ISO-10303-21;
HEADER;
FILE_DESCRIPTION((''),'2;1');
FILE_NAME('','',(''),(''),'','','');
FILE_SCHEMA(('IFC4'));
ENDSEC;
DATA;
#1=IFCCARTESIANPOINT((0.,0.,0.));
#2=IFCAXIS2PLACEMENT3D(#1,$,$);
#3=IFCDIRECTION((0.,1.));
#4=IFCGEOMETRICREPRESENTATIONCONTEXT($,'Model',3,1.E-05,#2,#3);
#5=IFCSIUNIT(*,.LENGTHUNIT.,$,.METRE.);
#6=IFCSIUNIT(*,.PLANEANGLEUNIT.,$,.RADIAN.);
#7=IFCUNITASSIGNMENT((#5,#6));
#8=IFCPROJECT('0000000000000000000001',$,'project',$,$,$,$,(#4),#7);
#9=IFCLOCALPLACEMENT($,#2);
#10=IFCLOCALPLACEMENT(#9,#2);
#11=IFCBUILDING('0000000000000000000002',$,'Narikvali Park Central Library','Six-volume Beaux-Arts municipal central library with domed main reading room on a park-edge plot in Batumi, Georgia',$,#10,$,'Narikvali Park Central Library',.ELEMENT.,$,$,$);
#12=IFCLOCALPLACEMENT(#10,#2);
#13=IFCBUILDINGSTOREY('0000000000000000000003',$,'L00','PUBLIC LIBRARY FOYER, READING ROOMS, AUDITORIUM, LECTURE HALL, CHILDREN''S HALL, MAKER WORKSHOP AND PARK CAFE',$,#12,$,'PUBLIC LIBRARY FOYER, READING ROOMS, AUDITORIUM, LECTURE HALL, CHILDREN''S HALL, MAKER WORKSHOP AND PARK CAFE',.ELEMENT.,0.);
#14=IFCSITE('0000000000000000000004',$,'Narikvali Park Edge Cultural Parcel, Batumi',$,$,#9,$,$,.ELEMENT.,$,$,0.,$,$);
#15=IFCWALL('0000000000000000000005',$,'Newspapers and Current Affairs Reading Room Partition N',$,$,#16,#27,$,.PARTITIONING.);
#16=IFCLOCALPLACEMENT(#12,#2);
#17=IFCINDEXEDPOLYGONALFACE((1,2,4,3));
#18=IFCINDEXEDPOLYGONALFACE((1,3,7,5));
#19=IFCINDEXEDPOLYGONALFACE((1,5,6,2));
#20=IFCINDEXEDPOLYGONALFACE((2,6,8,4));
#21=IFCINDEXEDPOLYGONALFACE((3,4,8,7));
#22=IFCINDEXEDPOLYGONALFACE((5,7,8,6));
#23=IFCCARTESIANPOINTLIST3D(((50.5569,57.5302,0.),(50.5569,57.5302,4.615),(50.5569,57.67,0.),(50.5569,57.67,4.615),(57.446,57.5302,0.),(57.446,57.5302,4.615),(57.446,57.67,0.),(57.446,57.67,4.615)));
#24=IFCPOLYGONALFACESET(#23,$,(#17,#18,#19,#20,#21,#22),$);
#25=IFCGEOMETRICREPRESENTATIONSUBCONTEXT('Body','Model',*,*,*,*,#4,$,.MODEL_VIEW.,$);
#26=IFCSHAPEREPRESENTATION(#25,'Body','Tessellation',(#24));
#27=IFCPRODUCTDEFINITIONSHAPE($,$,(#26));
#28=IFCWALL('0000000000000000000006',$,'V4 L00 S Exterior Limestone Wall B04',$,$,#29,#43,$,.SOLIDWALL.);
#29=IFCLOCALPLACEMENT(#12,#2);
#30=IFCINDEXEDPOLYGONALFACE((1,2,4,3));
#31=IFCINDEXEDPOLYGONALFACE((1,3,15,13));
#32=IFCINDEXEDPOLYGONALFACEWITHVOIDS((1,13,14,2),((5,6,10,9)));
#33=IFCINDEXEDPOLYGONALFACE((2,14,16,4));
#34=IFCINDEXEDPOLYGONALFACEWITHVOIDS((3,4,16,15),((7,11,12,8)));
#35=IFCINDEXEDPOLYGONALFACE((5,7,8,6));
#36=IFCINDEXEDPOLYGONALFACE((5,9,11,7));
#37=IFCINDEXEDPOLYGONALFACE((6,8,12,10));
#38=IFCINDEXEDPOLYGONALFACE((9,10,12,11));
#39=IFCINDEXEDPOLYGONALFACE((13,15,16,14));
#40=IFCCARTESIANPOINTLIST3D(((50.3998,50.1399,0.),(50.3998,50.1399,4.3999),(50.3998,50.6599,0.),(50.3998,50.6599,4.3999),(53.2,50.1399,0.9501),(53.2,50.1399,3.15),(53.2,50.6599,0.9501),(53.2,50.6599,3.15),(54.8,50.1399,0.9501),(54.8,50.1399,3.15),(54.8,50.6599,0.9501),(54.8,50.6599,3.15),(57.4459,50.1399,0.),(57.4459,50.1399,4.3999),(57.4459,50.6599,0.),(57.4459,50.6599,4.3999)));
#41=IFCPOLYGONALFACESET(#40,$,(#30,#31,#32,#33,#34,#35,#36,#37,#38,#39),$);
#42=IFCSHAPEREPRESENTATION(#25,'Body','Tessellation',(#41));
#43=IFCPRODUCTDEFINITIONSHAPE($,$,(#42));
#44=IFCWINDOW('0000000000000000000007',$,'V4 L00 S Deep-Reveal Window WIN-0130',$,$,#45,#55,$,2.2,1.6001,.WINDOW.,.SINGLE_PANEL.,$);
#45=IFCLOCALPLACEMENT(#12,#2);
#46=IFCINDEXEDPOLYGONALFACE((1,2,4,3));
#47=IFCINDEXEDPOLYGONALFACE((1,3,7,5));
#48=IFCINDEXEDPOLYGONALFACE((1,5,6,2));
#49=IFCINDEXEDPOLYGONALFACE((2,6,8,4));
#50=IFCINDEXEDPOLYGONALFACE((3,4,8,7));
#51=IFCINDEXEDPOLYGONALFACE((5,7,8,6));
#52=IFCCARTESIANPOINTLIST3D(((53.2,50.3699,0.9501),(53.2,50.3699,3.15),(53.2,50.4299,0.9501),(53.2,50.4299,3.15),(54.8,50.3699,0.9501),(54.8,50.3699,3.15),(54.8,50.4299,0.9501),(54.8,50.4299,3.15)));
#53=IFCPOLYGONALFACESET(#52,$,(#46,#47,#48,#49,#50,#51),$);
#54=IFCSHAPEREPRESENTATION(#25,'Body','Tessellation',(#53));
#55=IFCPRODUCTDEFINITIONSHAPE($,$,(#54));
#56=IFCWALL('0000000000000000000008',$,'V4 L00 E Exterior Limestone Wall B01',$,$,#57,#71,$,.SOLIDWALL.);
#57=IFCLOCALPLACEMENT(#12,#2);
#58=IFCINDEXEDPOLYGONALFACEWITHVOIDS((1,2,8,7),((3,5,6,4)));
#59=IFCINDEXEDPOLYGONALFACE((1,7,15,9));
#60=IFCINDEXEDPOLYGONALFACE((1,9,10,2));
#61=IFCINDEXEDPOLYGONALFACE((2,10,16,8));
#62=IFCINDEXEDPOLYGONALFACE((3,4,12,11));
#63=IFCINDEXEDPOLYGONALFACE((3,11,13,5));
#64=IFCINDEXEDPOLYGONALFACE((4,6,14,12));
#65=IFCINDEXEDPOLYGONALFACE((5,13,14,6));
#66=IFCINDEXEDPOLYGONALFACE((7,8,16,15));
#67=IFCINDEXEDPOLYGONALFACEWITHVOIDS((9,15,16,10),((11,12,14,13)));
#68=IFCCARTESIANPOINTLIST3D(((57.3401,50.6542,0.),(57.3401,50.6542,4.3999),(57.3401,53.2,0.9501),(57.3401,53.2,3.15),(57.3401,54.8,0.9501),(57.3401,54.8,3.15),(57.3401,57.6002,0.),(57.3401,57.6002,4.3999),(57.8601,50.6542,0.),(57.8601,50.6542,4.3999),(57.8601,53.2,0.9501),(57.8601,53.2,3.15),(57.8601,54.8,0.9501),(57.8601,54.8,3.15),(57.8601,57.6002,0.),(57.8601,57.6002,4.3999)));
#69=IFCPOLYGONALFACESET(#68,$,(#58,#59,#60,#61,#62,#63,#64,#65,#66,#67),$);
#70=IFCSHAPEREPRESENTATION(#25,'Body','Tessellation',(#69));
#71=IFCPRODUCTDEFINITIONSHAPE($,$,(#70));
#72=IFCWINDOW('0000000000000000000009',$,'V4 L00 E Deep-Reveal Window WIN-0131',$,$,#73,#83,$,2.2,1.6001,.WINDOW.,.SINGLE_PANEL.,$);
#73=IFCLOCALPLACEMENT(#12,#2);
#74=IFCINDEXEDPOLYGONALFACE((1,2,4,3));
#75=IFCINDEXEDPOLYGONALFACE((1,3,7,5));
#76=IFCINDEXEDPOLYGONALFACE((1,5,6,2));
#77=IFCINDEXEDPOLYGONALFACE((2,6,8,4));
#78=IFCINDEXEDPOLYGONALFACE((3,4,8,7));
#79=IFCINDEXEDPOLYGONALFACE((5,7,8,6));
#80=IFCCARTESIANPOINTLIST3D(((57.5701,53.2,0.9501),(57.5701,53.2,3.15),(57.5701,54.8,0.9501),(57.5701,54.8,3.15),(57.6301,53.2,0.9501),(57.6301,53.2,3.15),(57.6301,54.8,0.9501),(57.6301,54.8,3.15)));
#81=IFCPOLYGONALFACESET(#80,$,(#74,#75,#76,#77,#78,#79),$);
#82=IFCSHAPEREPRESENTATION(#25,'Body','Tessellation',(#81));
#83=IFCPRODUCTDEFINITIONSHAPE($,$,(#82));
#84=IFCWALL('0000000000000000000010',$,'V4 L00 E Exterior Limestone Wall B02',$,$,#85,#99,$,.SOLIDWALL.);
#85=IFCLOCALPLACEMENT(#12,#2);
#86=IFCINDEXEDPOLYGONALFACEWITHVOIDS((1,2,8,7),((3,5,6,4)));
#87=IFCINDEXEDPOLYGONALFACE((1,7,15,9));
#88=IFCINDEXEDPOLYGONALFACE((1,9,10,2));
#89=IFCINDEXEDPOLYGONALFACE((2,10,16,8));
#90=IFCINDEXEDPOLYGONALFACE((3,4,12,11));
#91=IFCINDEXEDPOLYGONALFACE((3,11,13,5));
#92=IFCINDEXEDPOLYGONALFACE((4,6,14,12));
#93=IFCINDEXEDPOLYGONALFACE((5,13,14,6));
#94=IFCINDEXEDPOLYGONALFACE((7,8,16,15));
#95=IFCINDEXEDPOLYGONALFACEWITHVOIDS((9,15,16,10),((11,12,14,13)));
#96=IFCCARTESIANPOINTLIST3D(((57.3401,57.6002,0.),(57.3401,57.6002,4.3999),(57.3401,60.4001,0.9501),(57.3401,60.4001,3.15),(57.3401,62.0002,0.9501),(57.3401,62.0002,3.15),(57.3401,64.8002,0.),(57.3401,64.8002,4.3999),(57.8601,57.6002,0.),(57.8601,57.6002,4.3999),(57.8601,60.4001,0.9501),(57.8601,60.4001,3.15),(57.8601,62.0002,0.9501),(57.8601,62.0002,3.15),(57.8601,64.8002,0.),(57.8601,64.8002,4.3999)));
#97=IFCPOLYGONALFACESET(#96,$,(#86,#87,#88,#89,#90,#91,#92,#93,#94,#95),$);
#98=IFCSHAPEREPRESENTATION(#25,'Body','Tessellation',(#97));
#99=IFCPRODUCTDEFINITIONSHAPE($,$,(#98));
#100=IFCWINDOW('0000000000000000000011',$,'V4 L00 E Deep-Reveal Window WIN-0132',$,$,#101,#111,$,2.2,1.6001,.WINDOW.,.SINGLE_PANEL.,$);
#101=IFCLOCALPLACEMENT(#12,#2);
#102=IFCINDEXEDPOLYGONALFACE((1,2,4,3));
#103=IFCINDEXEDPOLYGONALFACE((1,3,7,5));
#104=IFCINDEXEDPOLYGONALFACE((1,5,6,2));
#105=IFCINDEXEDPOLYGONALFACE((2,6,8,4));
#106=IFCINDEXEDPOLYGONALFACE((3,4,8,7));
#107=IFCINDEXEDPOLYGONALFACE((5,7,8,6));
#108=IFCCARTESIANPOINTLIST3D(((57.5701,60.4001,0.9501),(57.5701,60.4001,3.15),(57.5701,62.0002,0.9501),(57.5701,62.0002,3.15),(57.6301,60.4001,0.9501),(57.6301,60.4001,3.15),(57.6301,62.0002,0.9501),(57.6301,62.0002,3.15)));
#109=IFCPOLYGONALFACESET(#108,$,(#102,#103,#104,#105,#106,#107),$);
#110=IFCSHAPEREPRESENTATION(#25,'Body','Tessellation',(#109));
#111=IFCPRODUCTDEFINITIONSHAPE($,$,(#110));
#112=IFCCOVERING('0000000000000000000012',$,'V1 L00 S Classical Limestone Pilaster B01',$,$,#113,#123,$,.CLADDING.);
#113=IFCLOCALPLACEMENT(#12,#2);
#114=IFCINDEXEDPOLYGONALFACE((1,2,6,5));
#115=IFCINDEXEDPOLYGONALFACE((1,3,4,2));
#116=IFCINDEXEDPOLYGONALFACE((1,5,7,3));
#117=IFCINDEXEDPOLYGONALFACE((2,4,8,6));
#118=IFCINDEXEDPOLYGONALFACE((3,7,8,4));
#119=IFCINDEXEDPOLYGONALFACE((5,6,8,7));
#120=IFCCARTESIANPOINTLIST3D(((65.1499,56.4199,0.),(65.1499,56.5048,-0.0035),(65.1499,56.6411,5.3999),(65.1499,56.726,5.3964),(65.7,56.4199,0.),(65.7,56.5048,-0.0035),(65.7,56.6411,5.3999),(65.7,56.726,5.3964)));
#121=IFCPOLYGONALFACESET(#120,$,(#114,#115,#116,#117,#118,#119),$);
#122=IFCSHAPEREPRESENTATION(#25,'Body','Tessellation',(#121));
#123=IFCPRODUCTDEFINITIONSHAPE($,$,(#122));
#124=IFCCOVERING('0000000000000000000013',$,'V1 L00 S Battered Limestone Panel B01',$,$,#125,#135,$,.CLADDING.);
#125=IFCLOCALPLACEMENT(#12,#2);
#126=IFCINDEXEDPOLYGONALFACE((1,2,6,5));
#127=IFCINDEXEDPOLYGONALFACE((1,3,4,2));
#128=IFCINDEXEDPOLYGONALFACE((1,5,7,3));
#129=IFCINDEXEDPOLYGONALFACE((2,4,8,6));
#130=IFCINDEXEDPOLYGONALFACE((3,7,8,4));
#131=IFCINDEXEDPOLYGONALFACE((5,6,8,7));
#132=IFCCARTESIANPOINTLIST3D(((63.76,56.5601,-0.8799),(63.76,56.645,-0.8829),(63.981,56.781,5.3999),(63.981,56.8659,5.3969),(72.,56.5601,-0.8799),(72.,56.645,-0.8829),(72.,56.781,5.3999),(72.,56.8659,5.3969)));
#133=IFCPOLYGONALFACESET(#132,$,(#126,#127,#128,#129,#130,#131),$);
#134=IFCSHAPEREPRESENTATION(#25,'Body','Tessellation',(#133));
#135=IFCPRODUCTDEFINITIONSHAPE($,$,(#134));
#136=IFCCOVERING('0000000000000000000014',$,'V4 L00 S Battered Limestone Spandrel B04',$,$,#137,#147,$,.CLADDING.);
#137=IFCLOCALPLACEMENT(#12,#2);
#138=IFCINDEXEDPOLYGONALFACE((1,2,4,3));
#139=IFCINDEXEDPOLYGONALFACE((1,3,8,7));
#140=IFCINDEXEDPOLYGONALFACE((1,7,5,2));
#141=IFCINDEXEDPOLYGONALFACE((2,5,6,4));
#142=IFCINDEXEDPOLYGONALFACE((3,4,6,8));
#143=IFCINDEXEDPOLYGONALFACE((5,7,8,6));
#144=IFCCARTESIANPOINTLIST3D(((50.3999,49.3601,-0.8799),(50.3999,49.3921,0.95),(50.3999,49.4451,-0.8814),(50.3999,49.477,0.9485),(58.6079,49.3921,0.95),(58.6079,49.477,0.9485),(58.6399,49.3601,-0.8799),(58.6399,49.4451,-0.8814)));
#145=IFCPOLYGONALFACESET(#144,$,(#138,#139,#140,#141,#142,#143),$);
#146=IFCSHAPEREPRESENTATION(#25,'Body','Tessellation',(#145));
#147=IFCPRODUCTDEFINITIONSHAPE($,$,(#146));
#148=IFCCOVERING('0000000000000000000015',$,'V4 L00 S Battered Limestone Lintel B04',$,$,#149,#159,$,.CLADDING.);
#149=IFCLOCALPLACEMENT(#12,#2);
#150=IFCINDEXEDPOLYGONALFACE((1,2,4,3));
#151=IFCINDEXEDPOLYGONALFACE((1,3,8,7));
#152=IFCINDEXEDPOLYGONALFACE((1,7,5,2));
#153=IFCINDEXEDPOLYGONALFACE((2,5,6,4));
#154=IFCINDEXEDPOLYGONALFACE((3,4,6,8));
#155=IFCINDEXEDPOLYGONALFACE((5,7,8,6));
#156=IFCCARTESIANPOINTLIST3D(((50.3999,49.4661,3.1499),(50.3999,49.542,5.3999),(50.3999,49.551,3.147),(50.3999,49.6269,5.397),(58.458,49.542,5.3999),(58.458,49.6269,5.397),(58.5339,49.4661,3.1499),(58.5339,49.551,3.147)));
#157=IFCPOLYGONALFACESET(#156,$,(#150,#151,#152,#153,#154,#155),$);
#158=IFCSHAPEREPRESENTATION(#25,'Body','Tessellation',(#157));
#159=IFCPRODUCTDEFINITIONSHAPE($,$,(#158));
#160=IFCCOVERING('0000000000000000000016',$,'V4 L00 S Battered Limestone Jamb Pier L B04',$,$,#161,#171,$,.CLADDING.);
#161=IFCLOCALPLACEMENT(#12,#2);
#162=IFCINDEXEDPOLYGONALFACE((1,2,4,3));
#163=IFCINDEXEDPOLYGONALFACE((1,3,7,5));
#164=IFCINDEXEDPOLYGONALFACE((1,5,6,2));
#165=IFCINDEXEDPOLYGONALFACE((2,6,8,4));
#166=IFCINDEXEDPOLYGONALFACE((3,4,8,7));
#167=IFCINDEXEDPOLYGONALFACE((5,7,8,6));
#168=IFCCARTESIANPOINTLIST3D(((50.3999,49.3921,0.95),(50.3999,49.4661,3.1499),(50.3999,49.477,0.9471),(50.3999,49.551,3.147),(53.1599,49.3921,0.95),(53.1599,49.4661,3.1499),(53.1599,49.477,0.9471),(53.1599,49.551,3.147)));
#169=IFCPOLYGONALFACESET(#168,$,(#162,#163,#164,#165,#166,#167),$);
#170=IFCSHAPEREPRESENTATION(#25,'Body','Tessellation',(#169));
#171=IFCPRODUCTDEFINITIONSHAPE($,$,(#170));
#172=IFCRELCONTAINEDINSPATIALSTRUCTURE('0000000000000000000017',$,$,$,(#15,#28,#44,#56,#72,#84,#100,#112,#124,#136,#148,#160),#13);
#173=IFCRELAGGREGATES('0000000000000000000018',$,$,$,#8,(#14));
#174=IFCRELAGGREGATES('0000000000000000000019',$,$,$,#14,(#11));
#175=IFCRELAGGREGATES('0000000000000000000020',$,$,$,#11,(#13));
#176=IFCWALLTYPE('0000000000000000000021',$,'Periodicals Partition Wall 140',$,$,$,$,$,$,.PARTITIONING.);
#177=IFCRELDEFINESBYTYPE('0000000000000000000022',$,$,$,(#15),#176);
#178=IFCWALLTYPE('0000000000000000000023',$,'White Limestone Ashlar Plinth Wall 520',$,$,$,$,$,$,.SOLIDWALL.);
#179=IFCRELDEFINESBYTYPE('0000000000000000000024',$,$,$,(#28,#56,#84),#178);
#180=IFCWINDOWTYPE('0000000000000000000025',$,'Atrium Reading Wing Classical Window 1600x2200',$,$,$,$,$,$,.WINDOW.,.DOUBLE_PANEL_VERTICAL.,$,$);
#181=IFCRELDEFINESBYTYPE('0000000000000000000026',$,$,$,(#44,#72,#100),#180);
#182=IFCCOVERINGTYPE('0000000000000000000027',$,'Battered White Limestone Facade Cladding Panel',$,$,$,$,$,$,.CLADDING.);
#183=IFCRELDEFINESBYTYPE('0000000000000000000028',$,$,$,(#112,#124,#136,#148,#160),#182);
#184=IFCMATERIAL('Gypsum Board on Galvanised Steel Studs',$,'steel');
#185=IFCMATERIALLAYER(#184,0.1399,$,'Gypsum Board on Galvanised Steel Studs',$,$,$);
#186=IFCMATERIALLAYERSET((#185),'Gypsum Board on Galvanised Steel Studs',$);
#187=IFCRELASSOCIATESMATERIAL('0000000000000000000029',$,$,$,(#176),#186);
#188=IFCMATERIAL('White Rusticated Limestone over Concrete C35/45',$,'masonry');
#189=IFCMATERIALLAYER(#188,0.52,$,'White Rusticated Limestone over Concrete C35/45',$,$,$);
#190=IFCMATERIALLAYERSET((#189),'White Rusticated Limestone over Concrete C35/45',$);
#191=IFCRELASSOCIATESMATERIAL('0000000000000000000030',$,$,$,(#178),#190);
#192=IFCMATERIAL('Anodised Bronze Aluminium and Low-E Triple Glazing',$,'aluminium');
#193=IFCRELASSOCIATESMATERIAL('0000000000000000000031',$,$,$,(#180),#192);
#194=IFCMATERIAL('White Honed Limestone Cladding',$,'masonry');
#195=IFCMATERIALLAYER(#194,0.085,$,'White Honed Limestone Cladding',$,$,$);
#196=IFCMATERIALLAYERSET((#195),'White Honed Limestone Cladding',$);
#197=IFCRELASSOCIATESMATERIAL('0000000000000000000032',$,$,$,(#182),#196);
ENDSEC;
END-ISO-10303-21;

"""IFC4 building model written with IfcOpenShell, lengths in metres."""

from ifc_helpers import new_model, si_unit, direction, frame, frame_2d, origin, place, context, subcontext, project, spatial, polyline, rectangle, outline, extrude, material, layer, layer_set, type_object, element, fill, save


model = new_model("IFC4")

# Units and contexts
model_context = context("Model", 3, precision=1e-05, world=origin(), true_north=direction((0.0, 1.0)))
body_context = subcontext(model_context, "Body", "Model", "MODEL_VIEW")
ifc_project = project(units=[si_unit("LENGTHUNIT", "METRE"), si_unit("PLANEANGLEUNIT", "RADIAN")], contexts=[model_context])

# Site, building, storey
site_placement = place(None, origin())
site = spatial("IfcSite", under=ifc_project, at=site_placement, Name="Narikvali Park Edge Cultural Parcel, Batumi", CompositionType="ELEMENT", RefElevation=0.0)
building_placement = place(site_placement, origin())
building = spatial("IfcBuilding", under=site, at=building_placement, Name="Narikvali Park Central Library", Description="Six-volume Beaux-Arts municipal central library with domed main reading room on a park-edge plot in Batumi, Georgia", LongName="Narikvali Park Central Library", CompositionType="ELEMENT")
storey_placement = place(building_placement, origin())
storey = spatial("IfcBuildingStorey", under=building, at=storey_placement, Name="L00", Description="PUBLIC LIBRARY FOYER, READING ROOMS, AUDITORIUM, LECTURE HALL, CHILDREN'S HALL, MAKER WORKSHOP AND PARK CAFE", LongName="PUBLIC LIBRARY FOYER, READING ROOMS, AUDITORIUM, LECTURE HALL, CHILDREN'S HALL, MAKER WORKSHOP AND PARK CAFE", CompositionType="ELEMENT", Elevation=0.0)

# Wall
ifc_material_1 = material(Name="Gypsum Board on Galvanised Steel Studs", Category="steel")
ifc_layer_1 = layer(ifc_material_1, 0.1399, Name="Gypsum Board on Galvanised Steel Studs")
ifc_layer_set_1 = layer_set([ifc_layer_1], Name="Gypsum Board on Galvanised Steel Studs")
wall_type_1 = type_object("IfcWallType", Name="Periodicals Partition Wall 140", PredefinedType="PARTITIONING", material=ifc_layer_set_1)
wall_1_placement = place(storey_placement, frame((50.5569, 57.6001, 0.0), z_axis=(0.0, 0.0, 1.0), x_axis=(1.0, 0.0, 0.0)))
element("IfcWall", 1, at=wall_1_placement, inside=storey, type_object=wall_type_1, Name="Newspapers and Current Affairs Reading Room Partition N", PredefinedType="PARTITIONING", context=body_context, shape_type="SweptSolid", body=[
    extrude(rectangle(XDim=6.8892, YDim=0.1399, at=frame_2d((3.4446, 0.0))), origin(), (0.0, 0.0, 1.0), 4.615),
])

# Walls, openings, windows
ifc_material_2 = material(Name="White Rusticated Limestone over Concrete C35/45", Category="masonry")
ifc_layer_2 = layer(ifc_material_2, 0.52, Name="White Rusticated Limestone over Concrete C35/45")
ifc_layer_set_2 = layer_set([ifc_layer_2], Name="White Rusticated Limestone over Concrete C35/45")
wall_type_2 = type_object("IfcWallType", Name="White Limestone Ashlar Plinth Wall 520", PredefinedType="SOLIDWALL", material=ifc_layer_set_2)
wall_2_placement = place(storey_placement, frame((50.3999, 50.3999, 0.0), z_axis=(0.0, 0.0, 1.0), x_axis=(1.0, 0.0, 0.0)))
wall_2 = element("IfcWall", 2, at=wall_2_placement, inside=storey, type_object=wall_type_2, Name="V4 L00 S Exterior Limestone Wall B04", PredefinedType="SOLIDWALL", context=body_context, shape_type="SweptSolid", body=[
    extrude(rectangle(XDim=7.0461, YDim=0.52, at=frame_2d((3.5229, 0.0))), origin(), (0.0, 0.0, 1.0), 4.3999),
])
opening_1_placement = place(wall_2_placement, frame((2.8, 0.0, 0.95)))
opening_1 = element("IfcOpeningElement", 3, at=opening_1_placement, cuts=wall_2, PredefinedType="OPENING", context=body_context, shape_type="SweptSolid", body=[
    extrude(rectangle(XDim=1.6001, YDim=2.2, at=frame_2d((0.8, 1.1001))), frame((0.0, 0.272, 0.0), z_axis=(0.0, -1.0, 0.0), x_axis=(1.0, 0.0, 0.0)), (0.0, 0.0, 1.0), 0.5439),
])
ifc_material_3 = material(Name="Anodised Bronze Aluminium and Low-E Triple Glazing", Category="aluminium")
window_type = type_object("IfcWindowType", Name="Atrium Reading Wing Classical Window 1600x2200", PartitioningType="DOUBLE_PANEL_VERTICAL", PredefinedType="WINDOW", material=ifc_material_3)
window_1_placement = place(opening_1_placement, origin())
window_1 = element("IfcWindow", 4, at=window_1_placement, inside=storey, type_object=window_type, Name="V4 L00 S Deep-Reveal Window WIN-0130", OverallHeight=2.2, OverallWidth=1.6001, PartitioningType="SINGLE_PANEL", PredefinedType="WINDOW", context=body_context, shape_type="SweptSolid", body=[
    extrude(rectangle(XDim=1.6001, YDim=2.2, at=frame_2d((0.8, 1.1001))), frame((0.0, 0.03, 0.0), z_axis=(0.0, -1.0, 0.0), x_axis=(1.0, 0.0, 0.0)), (0.0, 0.0, 1.0), 0.0601),
])
fill(opening_1, window_1)
wall_3_placement = place(storey_placement, frame((57.6001, 50.6541, 0.0), z_axis=(0.0, 0.0, 1.0), x_axis=(0.0, 1.0, 0.0)))
wall_3 = element("IfcWall", 5, at=wall_3_placement, inside=storey, type_object=wall_type_2, Name="V4 L00 E Exterior Limestone Wall B01", PredefinedType="SOLIDWALL", context=body_context, shape_type="SweptSolid", body=[
    extrude(rectangle(XDim=6.946, YDim=0.52, at=frame_2d((3.4731, 0.0))), origin(), (0.0, 0.0, 1.0), 4.3999),
])
opening_2_placement = place(wall_3_placement, frame((2.5459, 0.0, 0.95)))
opening_2 = element("IfcOpeningElement", 6, at=opening_2_placement, cuts=wall_3, PredefinedType="OPENING", context=body_context, shape_type="SweptSolid", body=[
    extrude(rectangle(XDim=1.6001, YDim=2.2, at=frame_2d((0.8, 1.1001))), frame((0.0, 0.272, 0.0), z_axis=(0.0, -1.0, 0.0), x_axis=(1.0, 0.0, 0.0)), (0.0, 0.0, 1.0), 0.5439),
])
window_2_placement = place(opening_2_placement, origin())
window_2 = element("IfcWindow", 7, at=window_2_placement, inside=storey, type_object=window_type, Name="V4 L00 E Deep-Reveal Window WIN-0131", OverallHeight=2.2, OverallWidth=1.6001, PartitioningType="SINGLE_PANEL", PredefinedType="WINDOW", context=body_context, shape_type="SweptSolid", body=[
    extrude(rectangle(XDim=1.6001, YDim=2.2, at=frame_2d((0.8, 1.1001))), frame((0.0, 0.03, 0.0), z_axis=(0.0, -1.0, 0.0), x_axis=(1.0, 0.0, 0.0)), (0.0, 0.0, 1.0), 0.0601),
])
fill(opening_2, window_2)
wall_4_placement = place(storey_placement, frame((57.6001, 57.6001, 0.0), z_axis=(0.0, 0.0, 1.0), x_axis=(0.0, 1.0, 0.0)))
wall_4 = element("IfcWall", 8, at=wall_4_placement, inside=storey, type_object=wall_type_2, Name="V4 L00 E Exterior Limestone Wall B02", PredefinedType="SOLIDWALL", context=body_context, shape_type="SweptSolid", body=[
    extrude(rectangle(XDim=7.2, YDim=0.52, at=frame_2d((3.6001, 0.0))), origin(), (0.0, 0.0, 1.0), 4.3999),
])
opening_3_placement = place(wall_4_placement, frame((2.8, 0.0, 0.95)))
opening_3 = element("IfcOpeningElement", 9, at=opening_3_placement, cuts=wall_4, PredefinedType="OPENING", context=body_context, shape_type="SweptSolid", body=[
    extrude(rectangle(XDim=1.6001, YDim=2.2, at=frame_2d((0.8, 1.1001))), frame((0.0, 0.272, 0.0), z_axis=(0.0, -1.0, 0.0), x_axis=(1.0, 0.0, 0.0)), (0.0, 0.0, 1.0), 0.5439),
])
window_3_placement = place(opening_3_placement, origin())
window_3 = element("IfcWindow", 10, at=window_3_placement, inside=storey, type_object=window_type, Name="V4 L00 E Deep-Reveal Window WIN-0132", OverallHeight=2.2, OverallWidth=1.6001, PartitioningType="SINGLE_PANEL", PredefinedType="WINDOW", context=body_context, shape_type="SweptSolid", body=[
    extrude(rectangle(XDim=1.6001, YDim=2.2, at=frame_2d((0.8, 1.1001))), frame((0.0, 0.03, 0.0), z_axis=(0.0, -1.0, 0.0), x_axis=(1.0, 0.0, 0.0)), (0.0, 0.0, 1.0), 0.0601),
])
fill(opening_3, window_3)

# Coverings
ifc_material_4 = material(Name="White Honed Limestone Cladding", Category="masonry")
ifc_layer_3 = layer(ifc_material_4, 0.085, Name="White Honed Limestone Cladding")
ifc_layer_set_3 = layer_set([ifc_layer_3], Name="White Honed Limestone Cladding")
covering_type = type_object("IfcCoveringType", Name="Battered White Limestone Facade Cladding Panel", PredefinedType="CLADDING", material=ifc_layer_set_3)
covering_1_placement = place(storey_placement, frame((65.1499, 56.4199, 0.0), z_axis=(0.0, -0.999162, 0.040928), x_axis=(1.0, 0.0, 0.0)))
element("IfcCovering", 11, at=covering_1_placement, inside=storey, type_object=covering_type, Name="V1 L00 S Classical Limestone Pilaster B01", PredefinedType="CLADDING", context=body_context, shape_type="SweptSolid", body=[
    extrude(outline(polyline([(0.0, 0.0), (0.55, 0.0), (0.55, 5.4044), (0.0, 5.4044), (0.0, 0.0)])), origin(), (0.0, 0.0, -1.0), 0.085),
])
covering_2_placement = place(storey_placement, frame((63.76, 56.5601, -0.8799), z_axis=(0.0, -0.999382, 0.035162), x_axis=(1.0, 0.0, 0.0)))
element("IfcCovering", 12, at=covering_2_placement, inside=storey, type_object=covering_type, Name="V1 L00 S Battered Limestone Panel B01", PredefinedType="CLADDING", context=body_context, shape_type="SweptSolid", body=[
    extrude(outline(polyline([(0.0, 0.0), (8.24, 0.0), (8.24, 6.2837), (0.2209, 6.2837), (0.0, 0.0)])), origin(), (0.0, 0.0, -1.0), 0.085),
])
covering_3_placement = place(storey_placement, frame((50.3999, 49.3601, -0.8799), z_axis=(0.0, -0.999847, 0.017476), x_axis=(1.0, 0.0, 0.0)))
element("IfcCovering", 13, at=covering_3_placement, inside=storey, type_object=covering_type, Name="V4 L00 S Battered Limestone Spandrel B04", PredefinedType="CLADDING", context=body_context, shape_type="SweptSolid", body=[
    extrude(outline(polyline([(0.0, 0.0), (8.24, 0.0), (8.208, 1.8301), (0.0, 1.8301), (0.0, 0.0)])), origin(), (0.0, 0.0, -1.0), 0.085),
])
covering_4_placement = place(storey_placement, frame((50.3999, 49.4661, 3.1499), z_axis=(0.0, -0.999431, 0.033726), x_axis=(1.0, 0.0, 0.0)))
element("IfcCovering", 14, at=covering_4_placement, inside=storey, type_object=covering_type, Name="V4 L00 S Battered Limestone Lintel B04", PredefinedType="CLADDING", context=body_context, shape_type="SweptSolid", body=[
    extrude(outline(polyline([(0.0, 0.0), (8.134, 0.0), (8.0581, 2.2513), (0.0, 2.2513), (0.0, 0.0)])), origin(), (0.0, 0.0, -1.0), 0.085),
])
covering_5_placement = place(storey_placement, frame((50.3999, 49.3921, 0.95), z_axis=(0.0, -0.999435, 0.033607), x_axis=(1.0, 0.0, 0.0)))
element("IfcCovering", 15, at=covering_5_placement, inside=storey, type_object=covering_type, Name="V4 L00 S Battered Limestone Jamb Pier L B04", PredefinedType="CLADDING", context=body_context, shape_type="SweptSolid", body=[
    extrude(outline(polyline([(0.0, 0.0), (2.76, 0.0), (2.76, 2.2012), (0.0, 2.2012), (0.0, 0.0)])), origin(), (0.0, 0.0, -1.0), 0.085),
])

save(model, "model.ifc")
